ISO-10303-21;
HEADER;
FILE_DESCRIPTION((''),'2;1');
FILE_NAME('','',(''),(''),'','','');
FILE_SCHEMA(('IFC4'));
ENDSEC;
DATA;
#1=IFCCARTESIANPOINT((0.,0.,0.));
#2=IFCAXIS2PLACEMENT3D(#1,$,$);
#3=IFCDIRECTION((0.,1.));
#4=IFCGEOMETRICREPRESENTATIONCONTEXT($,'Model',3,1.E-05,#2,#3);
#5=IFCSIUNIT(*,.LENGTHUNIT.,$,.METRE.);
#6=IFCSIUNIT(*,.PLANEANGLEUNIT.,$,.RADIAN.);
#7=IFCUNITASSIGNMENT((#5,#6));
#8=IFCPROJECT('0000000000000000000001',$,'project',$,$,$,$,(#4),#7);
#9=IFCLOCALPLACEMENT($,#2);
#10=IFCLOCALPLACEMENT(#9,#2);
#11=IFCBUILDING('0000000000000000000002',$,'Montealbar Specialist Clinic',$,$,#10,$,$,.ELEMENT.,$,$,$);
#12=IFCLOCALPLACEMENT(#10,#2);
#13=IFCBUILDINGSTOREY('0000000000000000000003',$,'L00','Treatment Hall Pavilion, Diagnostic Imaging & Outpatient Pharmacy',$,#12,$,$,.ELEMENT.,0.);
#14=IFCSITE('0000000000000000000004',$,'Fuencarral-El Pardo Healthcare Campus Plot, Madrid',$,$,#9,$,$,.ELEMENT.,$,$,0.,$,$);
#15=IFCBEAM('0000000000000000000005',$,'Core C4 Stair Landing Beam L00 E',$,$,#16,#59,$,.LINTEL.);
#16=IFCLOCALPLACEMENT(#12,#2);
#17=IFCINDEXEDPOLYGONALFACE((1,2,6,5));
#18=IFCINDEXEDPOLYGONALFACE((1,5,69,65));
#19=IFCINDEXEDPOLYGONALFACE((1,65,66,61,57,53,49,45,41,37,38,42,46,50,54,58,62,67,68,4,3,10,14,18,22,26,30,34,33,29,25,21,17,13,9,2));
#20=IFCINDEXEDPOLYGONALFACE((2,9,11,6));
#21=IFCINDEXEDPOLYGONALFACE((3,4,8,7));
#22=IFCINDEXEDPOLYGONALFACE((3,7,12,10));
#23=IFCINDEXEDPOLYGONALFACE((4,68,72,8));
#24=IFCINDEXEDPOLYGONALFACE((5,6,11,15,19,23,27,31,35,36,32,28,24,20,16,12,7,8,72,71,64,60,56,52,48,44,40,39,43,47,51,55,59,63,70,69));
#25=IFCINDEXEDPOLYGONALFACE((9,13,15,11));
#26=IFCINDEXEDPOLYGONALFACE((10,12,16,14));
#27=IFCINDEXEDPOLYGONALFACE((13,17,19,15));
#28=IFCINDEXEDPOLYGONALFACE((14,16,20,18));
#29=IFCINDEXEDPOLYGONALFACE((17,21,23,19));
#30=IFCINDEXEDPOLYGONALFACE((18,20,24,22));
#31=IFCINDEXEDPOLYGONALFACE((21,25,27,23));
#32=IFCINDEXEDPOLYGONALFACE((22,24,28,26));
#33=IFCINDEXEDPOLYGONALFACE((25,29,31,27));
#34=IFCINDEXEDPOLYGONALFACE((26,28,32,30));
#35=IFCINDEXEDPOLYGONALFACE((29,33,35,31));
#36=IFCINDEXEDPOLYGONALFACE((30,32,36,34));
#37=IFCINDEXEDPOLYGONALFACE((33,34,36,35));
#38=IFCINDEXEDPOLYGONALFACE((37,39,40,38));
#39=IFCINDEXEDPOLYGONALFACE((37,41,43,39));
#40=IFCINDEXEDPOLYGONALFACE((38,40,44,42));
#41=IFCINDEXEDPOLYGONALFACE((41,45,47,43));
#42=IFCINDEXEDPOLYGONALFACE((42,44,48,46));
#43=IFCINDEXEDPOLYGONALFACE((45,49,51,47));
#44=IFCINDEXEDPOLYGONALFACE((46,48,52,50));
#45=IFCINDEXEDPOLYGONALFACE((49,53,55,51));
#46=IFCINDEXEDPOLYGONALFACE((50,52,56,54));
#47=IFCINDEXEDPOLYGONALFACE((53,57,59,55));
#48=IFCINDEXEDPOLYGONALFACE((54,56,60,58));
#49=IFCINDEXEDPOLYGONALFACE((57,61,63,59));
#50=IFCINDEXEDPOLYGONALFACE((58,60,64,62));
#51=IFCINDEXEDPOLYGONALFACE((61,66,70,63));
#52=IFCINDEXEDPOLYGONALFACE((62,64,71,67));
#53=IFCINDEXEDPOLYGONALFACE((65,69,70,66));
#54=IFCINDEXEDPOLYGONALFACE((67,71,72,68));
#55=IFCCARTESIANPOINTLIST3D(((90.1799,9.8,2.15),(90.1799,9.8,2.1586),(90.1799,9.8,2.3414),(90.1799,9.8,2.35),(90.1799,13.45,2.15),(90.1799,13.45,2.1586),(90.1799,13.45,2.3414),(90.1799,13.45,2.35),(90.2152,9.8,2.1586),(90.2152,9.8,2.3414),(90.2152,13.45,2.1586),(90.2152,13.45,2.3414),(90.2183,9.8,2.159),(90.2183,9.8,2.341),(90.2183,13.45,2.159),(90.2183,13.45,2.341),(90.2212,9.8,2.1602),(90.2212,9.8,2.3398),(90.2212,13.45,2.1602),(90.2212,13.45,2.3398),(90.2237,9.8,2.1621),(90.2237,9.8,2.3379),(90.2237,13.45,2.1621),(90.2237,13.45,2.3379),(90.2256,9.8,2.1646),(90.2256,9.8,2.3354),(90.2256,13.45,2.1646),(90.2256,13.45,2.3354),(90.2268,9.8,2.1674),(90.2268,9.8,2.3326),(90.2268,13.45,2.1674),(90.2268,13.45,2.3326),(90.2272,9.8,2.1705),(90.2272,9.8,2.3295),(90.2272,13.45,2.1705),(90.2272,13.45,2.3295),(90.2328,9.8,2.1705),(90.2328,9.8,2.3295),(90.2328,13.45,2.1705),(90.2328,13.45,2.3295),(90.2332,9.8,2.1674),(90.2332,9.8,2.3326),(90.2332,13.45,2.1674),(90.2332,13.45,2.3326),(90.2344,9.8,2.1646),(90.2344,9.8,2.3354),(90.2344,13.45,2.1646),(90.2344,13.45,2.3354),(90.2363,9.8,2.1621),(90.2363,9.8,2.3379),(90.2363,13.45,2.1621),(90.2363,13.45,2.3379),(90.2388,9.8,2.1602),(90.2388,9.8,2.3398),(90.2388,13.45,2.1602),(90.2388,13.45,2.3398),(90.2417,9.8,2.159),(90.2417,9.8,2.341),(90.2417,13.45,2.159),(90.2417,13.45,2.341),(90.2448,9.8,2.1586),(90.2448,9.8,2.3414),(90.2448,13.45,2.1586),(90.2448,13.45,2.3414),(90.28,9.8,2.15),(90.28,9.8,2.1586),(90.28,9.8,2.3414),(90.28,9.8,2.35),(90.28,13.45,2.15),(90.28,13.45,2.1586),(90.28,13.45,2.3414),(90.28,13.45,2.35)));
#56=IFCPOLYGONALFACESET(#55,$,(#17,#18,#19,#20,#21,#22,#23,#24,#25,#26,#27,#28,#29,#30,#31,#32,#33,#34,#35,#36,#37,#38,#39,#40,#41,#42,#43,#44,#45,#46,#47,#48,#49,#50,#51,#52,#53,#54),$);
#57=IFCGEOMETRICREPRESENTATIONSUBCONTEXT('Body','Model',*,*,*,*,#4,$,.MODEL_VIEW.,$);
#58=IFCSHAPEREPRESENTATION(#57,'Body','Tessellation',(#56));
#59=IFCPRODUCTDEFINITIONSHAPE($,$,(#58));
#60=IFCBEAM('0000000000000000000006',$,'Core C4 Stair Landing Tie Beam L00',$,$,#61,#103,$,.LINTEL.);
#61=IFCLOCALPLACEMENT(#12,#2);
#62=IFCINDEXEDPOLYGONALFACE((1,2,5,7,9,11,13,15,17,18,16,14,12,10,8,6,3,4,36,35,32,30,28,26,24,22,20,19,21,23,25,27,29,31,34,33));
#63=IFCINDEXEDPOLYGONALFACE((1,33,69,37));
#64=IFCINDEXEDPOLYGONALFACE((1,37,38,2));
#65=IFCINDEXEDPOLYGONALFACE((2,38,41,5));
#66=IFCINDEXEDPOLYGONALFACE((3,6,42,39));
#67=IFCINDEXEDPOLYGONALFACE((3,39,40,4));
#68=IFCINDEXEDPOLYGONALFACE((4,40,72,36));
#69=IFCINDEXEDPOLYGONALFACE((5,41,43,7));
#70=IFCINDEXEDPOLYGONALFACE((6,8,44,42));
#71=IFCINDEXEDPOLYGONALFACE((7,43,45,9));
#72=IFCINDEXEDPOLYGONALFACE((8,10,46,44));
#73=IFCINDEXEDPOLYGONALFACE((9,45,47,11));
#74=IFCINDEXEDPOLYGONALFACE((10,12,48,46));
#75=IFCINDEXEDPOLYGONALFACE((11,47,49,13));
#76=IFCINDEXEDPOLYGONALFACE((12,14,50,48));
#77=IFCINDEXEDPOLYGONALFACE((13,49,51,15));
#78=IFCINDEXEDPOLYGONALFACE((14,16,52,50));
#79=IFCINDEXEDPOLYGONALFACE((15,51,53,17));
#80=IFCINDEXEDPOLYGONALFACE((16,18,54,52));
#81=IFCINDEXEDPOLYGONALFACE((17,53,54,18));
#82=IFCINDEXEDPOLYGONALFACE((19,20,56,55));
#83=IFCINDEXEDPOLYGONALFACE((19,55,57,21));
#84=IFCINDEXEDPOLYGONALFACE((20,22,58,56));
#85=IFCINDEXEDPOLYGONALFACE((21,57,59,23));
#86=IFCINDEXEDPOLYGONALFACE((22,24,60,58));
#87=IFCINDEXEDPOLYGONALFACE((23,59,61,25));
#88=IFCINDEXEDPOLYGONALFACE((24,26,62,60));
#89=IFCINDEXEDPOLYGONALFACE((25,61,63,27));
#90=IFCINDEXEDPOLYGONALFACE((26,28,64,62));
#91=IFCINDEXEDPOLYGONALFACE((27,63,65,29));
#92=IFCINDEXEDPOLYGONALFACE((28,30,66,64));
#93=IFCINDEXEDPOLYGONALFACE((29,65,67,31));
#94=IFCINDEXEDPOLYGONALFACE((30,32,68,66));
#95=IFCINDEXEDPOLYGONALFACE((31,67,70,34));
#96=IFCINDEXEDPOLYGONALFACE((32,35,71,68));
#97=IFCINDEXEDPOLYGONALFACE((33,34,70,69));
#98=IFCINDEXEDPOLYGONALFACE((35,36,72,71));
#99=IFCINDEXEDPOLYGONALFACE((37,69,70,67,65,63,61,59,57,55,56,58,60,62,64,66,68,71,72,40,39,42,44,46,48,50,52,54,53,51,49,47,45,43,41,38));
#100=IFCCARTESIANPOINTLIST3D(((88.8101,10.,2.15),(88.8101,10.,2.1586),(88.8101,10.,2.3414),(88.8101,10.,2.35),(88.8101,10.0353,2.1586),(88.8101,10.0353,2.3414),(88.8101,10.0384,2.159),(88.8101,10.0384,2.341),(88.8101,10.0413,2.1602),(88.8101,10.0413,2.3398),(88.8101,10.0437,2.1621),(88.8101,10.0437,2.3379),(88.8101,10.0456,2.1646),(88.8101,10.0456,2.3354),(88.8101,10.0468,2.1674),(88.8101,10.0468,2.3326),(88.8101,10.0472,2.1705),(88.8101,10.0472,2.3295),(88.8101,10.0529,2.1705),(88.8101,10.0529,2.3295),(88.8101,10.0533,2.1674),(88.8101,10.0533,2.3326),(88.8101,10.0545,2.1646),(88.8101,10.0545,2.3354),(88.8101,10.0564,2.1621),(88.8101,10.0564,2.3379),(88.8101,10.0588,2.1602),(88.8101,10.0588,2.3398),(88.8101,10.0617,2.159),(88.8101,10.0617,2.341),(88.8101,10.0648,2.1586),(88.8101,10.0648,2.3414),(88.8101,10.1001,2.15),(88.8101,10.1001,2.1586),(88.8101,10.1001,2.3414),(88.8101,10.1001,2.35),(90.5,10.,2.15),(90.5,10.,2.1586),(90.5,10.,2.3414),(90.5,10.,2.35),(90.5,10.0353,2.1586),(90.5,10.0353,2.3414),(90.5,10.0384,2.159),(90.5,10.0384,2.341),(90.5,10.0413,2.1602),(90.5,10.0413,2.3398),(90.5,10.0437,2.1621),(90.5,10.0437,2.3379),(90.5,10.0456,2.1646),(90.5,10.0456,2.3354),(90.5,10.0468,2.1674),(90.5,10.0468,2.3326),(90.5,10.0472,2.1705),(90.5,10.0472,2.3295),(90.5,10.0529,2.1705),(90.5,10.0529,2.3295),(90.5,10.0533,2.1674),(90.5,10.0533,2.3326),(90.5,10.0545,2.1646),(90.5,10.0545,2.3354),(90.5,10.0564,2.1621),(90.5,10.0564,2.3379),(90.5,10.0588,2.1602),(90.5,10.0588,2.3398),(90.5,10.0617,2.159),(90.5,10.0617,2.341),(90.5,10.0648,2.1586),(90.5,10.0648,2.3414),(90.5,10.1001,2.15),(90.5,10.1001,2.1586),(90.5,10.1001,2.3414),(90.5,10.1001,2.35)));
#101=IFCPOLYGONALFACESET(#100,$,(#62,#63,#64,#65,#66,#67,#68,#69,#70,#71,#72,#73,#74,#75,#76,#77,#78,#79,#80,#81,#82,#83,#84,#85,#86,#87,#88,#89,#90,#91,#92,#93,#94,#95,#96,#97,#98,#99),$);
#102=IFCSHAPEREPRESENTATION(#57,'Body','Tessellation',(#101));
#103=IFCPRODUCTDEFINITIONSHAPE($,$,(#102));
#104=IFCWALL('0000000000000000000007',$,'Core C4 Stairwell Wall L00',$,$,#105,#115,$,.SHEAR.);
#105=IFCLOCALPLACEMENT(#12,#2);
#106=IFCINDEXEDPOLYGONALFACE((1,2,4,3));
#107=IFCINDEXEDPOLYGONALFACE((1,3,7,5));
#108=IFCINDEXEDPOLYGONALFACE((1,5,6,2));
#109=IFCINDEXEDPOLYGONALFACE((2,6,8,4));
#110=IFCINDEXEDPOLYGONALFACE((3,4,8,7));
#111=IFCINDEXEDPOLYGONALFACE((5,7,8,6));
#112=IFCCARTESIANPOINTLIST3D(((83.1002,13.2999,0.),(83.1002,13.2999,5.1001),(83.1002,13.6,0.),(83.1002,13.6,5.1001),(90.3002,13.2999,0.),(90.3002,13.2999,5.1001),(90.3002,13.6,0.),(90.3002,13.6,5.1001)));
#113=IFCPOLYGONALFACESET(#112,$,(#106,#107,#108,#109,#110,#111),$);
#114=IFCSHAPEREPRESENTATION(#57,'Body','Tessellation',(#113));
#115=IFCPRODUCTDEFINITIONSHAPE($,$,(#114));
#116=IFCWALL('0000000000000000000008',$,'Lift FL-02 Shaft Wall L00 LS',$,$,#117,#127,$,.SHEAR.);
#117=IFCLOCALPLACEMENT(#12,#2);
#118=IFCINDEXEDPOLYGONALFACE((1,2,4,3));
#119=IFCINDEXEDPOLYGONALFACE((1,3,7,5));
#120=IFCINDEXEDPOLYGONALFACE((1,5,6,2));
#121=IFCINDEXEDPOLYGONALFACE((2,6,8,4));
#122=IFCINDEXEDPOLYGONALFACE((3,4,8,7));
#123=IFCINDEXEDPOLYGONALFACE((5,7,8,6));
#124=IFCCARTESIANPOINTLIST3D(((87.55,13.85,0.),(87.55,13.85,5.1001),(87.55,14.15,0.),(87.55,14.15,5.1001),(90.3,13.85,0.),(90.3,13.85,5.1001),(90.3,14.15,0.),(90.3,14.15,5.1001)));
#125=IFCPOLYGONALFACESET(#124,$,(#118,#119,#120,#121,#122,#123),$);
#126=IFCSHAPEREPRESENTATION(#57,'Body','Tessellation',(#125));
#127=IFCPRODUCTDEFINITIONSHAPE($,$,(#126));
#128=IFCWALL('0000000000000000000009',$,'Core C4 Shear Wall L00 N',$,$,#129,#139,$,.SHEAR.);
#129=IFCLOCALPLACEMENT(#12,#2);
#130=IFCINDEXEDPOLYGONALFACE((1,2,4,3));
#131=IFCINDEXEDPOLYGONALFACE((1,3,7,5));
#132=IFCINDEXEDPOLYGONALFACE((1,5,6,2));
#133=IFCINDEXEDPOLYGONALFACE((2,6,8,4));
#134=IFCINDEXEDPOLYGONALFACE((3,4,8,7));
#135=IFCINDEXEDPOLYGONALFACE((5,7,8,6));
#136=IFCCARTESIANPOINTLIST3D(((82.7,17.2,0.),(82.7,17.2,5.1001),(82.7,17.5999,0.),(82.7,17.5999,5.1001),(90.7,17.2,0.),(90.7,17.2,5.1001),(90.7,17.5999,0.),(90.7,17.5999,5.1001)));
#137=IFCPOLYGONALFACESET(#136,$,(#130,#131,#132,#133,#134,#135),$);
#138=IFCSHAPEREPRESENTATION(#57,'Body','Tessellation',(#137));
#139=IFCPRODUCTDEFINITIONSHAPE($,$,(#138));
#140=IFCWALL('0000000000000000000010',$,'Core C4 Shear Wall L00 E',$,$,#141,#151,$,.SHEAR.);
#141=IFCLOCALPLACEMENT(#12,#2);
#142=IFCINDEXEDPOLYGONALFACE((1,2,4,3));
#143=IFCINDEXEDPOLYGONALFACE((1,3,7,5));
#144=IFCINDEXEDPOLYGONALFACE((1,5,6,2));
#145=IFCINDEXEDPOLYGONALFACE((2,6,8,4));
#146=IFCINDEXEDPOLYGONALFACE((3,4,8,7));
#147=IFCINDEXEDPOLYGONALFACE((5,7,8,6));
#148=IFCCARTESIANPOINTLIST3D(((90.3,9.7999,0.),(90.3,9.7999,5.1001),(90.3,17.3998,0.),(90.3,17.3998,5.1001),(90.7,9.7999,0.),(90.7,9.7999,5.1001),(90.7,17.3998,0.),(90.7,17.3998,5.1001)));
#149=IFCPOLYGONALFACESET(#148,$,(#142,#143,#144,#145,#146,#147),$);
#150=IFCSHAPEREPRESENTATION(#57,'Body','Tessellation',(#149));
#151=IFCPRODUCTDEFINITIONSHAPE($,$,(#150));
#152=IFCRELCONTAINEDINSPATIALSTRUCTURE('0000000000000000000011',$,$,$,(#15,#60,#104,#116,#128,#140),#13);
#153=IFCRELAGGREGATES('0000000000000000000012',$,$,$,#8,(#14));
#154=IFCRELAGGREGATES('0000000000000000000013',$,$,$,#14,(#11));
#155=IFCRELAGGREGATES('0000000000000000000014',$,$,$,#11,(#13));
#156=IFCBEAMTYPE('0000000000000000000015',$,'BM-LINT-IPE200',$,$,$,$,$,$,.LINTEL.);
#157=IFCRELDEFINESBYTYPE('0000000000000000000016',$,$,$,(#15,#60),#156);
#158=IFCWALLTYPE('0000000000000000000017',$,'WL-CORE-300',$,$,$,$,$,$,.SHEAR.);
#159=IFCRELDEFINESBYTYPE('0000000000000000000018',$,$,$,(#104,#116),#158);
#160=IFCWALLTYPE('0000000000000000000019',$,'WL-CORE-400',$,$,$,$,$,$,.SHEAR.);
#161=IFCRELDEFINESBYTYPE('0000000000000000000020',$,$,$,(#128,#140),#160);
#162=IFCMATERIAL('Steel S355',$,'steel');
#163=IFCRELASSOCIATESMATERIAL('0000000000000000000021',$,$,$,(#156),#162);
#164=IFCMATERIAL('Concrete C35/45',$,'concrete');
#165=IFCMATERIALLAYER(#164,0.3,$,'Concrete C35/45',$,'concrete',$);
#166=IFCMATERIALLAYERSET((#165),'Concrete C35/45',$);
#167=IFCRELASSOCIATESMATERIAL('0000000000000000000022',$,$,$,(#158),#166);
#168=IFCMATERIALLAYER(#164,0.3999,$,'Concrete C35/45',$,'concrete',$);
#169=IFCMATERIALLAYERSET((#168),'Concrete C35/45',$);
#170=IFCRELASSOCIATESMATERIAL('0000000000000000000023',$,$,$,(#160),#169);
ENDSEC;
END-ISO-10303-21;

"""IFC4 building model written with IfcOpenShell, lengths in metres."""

from ifc_helpers import new_model, si_unit, direction, frame, frame_2d, origin, origin_2d, place, context, subcontext, project, spatial, rectangle, i_section, extrude, material, layer, layer_set, material_profile, profile_set, type_object, element, save


model = new_model("IFC4")

# Units and contexts
model_context = context("Model", 3, precision=1e-05, world=origin(), true_north=direction((0.0, 1.0)))
body_context = subcontext(model_context, "Body", "Model", "MODEL_VIEW")
ifc_project = project(units=[si_unit("LENGTHUNIT", "METRE"), si_unit("PLANEANGLEUNIT", "RADIAN")], contexts=[model_context])

# Site, building, storey
site_placement = place(None, origin())
site = spatial("IfcSite", under=ifc_project, at=site_placement, Name="Fuencarral-El Pardo Healthcare Campus Plot, Madrid", CompositionType="ELEMENT", RefElevation=0.0)
building_placement = place(site_placement, origin())
building = spatial("IfcBuilding", under=site, at=building_placement, Name="Montealbar Specialist Clinic", CompositionType="ELEMENT")
storey_placement = place(building_placement, origin())
storey = spatial("IfcBuildingStorey", under=building, at=storey_placement, Name="L00", Description="Treatment Hall Pavilion, Diagnostic Imaging & Outpatient Pharmacy", CompositionType="ELEMENT", Elevation=0.0)

# Shared definitions
ifc_material_1 = material(Name="Steel S355", Category="steel")

# Beams
ifc_material_profile_1 = material_profile(ifc_material_1, i_section(OverallWidth=0.1001, OverallDepth=0.2, WebThickness=0.0056, FlangeThickness=0.0085, FilletRadius=0.012, at=origin_2d()), Name="IPE 200", Category="steel")
ifc_profile_set_1 = profile_set([ifc_material_profile_1], Name="Steel S355")
beam_type_1 = type_object("IfcBeamType", Name="BM-LINT-IPE200", PredefinedType="LINTEL", material=ifc_profile_set_1)
for number, where, z_axis, x_axis, name in (
    (1, (90.23, 9.8, 2.25), (0.0, 1.0, 0.0), (-1.0, 0.0, 0.0), "Core C4 Stair Landing Beam L00 E"),
):
    element("IfcBeam", number, at=place(storey_placement, frame(where, z_axis=z_axis, x_axis=x_axis)), inside=storey, type_object=beam_type_1, Name=name, PredefinedType="LINTEL", context=body_context, shape_type="SweptSolid", body=[
        extrude(i_section(OverallWidth=0.1001, OverallDepth=0.2, WebThickness=0.0056, FlangeThickness=0.0085, FilletRadius=0.012, at=origin_2d()), origin(), (0.0, 0.0, 1.0), 3.6499),
    ])
beam_1_placement = place(storey_placement, frame((88.8101, 10.05, 2.25), z_axis=(1.0, 0.0, 0.0), x_axis=(0.0, 1.0, 0.0)))
element("IfcBeam", 2, at=beam_1_placement, inside=storey, type_object=beam_type_1, Name="Core C4 Stair Landing Tie Beam L00", PredefinedType="LINTEL", context=body_context, shape_type="SweptSolid", body=[
    extrude(i_section(OverallWidth=0.1001, OverallDepth=0.2, WebThickness=0.0056, FlangeThickness=0.0085, FilletRadius=0.012, at=origin_2d()), origin(), (0.0, 0.0, 1.0), 1.6899),
])

# Walls
ifc_material_2 = material(Name="Concrete C35/45", Category="concrete")
ifc_layer_1 = layer(ifc_material_2, 0.3, Name="Concrete C35/45", Category="concrete")
ifc_layer_set_1 = layer_set([ifc_layer_1], Name="Concrete C35/45")
wall_type_1 = type_object("IfcWallType", Name="WL-CORE-300", PredefinedType="SHEAR", material=ifc_layer_set_1)
wall_1_placement = place(storey_placement, frame((83.1001, 13.45, 0.0), z_axis=(0.0, 0.0, 1.0), x_axis=(1.0, 0.0, 0.0)))
element("IfcWall", 3, at=wall_1_placement, inside=storey, type_object=wall_type_1, Name="Core C4 Stairwell Wall L00", PredefinedType="SHEAR", context=body_context, shape_type="SweptSolid", body=[
    extrude(rectangle(XDim=7.2, YDim=0.3, at=frame_2d((3.6001, 0.0))), origin(), (0.0, 0.0, 1.0), 5.1001),
])
wall_2_placement = place(storey_placement, frame((87.55, 14.0, 0.0), z_axis=(0.0, 0.0, 1.0), x_axis=(1.0, 0.0, 0.0)))
element("IfcWall", 4, at=wall_2_placement, inside=storey, type_object=wall_type_1, Name="Lift FL-02 Shaft Wall L00 LS", PredefinedType="SHEAR", context=body_context, shape_type="SweptSolid", body=[
    extrude(rectangle(XDim=2.75, YDim=0.3, at=frame_2d((1.375, 0.0))), origin(), (0.0, 0.0, 1.0), 5.1001),
])

# Shared definitions
ifc_layer_2 = layer(ifc_material_2, 0.3999, Name="Concrete C35/45", Category="concrete")
ifc_layer_set_2 = layer_set([ifc_layer_2], Name="Concrete C35/45")
wall_type_2 = type_object("IfcWallType", Name="WL-CORE-400", PredefinedType="SHEAR", material=ifc_layer_set_2)

# Wall
wall_3_placement = place(storey_placement, frame((82.7, 17.3999, 0.0), z_axis=(0.0, 0.0, 1.0), x_axis=(1.0, 0.0, 0.0)))
element("IfcWall", 5, at=wall_3_placement, inside=storey, type_object=wall_type_2, Name="Core C4 Shear Wall L00 N", PredefinedType="SHEAR", context=body_context, shape_type="SweptSolid", body=[
    extrude(rectangle(XDim=8.0, YDim=0.3999, at=frame_2d((4.0, 0.0))), origin(), (0.0, 0.0, 1.0), 5.1001),
])

# Wall
wall_4_placement = place(storey_placement, frame((90.5, 9.8, 0.0), z_axis=(0.0, 0.0, 1.0), x_axis=(0.0, 1.0, 0.0)))
element("IfcWall", 6, at=wall_4_placement, inside=storey, type_object=wall_type_2, Name="Core C4 Shear Wall L00 E", PredefinedType="SHEAR", context=body_context, shape_type="SweptSolid", body=[
    extrude(rectangle(XDim=7.5999, YDim=0.3999, at=frame_2d((3.7998, 0.0))), origin(), (0.0, 0.0, 1.0), 5.1001),
])

save(model, "model.ifc")
